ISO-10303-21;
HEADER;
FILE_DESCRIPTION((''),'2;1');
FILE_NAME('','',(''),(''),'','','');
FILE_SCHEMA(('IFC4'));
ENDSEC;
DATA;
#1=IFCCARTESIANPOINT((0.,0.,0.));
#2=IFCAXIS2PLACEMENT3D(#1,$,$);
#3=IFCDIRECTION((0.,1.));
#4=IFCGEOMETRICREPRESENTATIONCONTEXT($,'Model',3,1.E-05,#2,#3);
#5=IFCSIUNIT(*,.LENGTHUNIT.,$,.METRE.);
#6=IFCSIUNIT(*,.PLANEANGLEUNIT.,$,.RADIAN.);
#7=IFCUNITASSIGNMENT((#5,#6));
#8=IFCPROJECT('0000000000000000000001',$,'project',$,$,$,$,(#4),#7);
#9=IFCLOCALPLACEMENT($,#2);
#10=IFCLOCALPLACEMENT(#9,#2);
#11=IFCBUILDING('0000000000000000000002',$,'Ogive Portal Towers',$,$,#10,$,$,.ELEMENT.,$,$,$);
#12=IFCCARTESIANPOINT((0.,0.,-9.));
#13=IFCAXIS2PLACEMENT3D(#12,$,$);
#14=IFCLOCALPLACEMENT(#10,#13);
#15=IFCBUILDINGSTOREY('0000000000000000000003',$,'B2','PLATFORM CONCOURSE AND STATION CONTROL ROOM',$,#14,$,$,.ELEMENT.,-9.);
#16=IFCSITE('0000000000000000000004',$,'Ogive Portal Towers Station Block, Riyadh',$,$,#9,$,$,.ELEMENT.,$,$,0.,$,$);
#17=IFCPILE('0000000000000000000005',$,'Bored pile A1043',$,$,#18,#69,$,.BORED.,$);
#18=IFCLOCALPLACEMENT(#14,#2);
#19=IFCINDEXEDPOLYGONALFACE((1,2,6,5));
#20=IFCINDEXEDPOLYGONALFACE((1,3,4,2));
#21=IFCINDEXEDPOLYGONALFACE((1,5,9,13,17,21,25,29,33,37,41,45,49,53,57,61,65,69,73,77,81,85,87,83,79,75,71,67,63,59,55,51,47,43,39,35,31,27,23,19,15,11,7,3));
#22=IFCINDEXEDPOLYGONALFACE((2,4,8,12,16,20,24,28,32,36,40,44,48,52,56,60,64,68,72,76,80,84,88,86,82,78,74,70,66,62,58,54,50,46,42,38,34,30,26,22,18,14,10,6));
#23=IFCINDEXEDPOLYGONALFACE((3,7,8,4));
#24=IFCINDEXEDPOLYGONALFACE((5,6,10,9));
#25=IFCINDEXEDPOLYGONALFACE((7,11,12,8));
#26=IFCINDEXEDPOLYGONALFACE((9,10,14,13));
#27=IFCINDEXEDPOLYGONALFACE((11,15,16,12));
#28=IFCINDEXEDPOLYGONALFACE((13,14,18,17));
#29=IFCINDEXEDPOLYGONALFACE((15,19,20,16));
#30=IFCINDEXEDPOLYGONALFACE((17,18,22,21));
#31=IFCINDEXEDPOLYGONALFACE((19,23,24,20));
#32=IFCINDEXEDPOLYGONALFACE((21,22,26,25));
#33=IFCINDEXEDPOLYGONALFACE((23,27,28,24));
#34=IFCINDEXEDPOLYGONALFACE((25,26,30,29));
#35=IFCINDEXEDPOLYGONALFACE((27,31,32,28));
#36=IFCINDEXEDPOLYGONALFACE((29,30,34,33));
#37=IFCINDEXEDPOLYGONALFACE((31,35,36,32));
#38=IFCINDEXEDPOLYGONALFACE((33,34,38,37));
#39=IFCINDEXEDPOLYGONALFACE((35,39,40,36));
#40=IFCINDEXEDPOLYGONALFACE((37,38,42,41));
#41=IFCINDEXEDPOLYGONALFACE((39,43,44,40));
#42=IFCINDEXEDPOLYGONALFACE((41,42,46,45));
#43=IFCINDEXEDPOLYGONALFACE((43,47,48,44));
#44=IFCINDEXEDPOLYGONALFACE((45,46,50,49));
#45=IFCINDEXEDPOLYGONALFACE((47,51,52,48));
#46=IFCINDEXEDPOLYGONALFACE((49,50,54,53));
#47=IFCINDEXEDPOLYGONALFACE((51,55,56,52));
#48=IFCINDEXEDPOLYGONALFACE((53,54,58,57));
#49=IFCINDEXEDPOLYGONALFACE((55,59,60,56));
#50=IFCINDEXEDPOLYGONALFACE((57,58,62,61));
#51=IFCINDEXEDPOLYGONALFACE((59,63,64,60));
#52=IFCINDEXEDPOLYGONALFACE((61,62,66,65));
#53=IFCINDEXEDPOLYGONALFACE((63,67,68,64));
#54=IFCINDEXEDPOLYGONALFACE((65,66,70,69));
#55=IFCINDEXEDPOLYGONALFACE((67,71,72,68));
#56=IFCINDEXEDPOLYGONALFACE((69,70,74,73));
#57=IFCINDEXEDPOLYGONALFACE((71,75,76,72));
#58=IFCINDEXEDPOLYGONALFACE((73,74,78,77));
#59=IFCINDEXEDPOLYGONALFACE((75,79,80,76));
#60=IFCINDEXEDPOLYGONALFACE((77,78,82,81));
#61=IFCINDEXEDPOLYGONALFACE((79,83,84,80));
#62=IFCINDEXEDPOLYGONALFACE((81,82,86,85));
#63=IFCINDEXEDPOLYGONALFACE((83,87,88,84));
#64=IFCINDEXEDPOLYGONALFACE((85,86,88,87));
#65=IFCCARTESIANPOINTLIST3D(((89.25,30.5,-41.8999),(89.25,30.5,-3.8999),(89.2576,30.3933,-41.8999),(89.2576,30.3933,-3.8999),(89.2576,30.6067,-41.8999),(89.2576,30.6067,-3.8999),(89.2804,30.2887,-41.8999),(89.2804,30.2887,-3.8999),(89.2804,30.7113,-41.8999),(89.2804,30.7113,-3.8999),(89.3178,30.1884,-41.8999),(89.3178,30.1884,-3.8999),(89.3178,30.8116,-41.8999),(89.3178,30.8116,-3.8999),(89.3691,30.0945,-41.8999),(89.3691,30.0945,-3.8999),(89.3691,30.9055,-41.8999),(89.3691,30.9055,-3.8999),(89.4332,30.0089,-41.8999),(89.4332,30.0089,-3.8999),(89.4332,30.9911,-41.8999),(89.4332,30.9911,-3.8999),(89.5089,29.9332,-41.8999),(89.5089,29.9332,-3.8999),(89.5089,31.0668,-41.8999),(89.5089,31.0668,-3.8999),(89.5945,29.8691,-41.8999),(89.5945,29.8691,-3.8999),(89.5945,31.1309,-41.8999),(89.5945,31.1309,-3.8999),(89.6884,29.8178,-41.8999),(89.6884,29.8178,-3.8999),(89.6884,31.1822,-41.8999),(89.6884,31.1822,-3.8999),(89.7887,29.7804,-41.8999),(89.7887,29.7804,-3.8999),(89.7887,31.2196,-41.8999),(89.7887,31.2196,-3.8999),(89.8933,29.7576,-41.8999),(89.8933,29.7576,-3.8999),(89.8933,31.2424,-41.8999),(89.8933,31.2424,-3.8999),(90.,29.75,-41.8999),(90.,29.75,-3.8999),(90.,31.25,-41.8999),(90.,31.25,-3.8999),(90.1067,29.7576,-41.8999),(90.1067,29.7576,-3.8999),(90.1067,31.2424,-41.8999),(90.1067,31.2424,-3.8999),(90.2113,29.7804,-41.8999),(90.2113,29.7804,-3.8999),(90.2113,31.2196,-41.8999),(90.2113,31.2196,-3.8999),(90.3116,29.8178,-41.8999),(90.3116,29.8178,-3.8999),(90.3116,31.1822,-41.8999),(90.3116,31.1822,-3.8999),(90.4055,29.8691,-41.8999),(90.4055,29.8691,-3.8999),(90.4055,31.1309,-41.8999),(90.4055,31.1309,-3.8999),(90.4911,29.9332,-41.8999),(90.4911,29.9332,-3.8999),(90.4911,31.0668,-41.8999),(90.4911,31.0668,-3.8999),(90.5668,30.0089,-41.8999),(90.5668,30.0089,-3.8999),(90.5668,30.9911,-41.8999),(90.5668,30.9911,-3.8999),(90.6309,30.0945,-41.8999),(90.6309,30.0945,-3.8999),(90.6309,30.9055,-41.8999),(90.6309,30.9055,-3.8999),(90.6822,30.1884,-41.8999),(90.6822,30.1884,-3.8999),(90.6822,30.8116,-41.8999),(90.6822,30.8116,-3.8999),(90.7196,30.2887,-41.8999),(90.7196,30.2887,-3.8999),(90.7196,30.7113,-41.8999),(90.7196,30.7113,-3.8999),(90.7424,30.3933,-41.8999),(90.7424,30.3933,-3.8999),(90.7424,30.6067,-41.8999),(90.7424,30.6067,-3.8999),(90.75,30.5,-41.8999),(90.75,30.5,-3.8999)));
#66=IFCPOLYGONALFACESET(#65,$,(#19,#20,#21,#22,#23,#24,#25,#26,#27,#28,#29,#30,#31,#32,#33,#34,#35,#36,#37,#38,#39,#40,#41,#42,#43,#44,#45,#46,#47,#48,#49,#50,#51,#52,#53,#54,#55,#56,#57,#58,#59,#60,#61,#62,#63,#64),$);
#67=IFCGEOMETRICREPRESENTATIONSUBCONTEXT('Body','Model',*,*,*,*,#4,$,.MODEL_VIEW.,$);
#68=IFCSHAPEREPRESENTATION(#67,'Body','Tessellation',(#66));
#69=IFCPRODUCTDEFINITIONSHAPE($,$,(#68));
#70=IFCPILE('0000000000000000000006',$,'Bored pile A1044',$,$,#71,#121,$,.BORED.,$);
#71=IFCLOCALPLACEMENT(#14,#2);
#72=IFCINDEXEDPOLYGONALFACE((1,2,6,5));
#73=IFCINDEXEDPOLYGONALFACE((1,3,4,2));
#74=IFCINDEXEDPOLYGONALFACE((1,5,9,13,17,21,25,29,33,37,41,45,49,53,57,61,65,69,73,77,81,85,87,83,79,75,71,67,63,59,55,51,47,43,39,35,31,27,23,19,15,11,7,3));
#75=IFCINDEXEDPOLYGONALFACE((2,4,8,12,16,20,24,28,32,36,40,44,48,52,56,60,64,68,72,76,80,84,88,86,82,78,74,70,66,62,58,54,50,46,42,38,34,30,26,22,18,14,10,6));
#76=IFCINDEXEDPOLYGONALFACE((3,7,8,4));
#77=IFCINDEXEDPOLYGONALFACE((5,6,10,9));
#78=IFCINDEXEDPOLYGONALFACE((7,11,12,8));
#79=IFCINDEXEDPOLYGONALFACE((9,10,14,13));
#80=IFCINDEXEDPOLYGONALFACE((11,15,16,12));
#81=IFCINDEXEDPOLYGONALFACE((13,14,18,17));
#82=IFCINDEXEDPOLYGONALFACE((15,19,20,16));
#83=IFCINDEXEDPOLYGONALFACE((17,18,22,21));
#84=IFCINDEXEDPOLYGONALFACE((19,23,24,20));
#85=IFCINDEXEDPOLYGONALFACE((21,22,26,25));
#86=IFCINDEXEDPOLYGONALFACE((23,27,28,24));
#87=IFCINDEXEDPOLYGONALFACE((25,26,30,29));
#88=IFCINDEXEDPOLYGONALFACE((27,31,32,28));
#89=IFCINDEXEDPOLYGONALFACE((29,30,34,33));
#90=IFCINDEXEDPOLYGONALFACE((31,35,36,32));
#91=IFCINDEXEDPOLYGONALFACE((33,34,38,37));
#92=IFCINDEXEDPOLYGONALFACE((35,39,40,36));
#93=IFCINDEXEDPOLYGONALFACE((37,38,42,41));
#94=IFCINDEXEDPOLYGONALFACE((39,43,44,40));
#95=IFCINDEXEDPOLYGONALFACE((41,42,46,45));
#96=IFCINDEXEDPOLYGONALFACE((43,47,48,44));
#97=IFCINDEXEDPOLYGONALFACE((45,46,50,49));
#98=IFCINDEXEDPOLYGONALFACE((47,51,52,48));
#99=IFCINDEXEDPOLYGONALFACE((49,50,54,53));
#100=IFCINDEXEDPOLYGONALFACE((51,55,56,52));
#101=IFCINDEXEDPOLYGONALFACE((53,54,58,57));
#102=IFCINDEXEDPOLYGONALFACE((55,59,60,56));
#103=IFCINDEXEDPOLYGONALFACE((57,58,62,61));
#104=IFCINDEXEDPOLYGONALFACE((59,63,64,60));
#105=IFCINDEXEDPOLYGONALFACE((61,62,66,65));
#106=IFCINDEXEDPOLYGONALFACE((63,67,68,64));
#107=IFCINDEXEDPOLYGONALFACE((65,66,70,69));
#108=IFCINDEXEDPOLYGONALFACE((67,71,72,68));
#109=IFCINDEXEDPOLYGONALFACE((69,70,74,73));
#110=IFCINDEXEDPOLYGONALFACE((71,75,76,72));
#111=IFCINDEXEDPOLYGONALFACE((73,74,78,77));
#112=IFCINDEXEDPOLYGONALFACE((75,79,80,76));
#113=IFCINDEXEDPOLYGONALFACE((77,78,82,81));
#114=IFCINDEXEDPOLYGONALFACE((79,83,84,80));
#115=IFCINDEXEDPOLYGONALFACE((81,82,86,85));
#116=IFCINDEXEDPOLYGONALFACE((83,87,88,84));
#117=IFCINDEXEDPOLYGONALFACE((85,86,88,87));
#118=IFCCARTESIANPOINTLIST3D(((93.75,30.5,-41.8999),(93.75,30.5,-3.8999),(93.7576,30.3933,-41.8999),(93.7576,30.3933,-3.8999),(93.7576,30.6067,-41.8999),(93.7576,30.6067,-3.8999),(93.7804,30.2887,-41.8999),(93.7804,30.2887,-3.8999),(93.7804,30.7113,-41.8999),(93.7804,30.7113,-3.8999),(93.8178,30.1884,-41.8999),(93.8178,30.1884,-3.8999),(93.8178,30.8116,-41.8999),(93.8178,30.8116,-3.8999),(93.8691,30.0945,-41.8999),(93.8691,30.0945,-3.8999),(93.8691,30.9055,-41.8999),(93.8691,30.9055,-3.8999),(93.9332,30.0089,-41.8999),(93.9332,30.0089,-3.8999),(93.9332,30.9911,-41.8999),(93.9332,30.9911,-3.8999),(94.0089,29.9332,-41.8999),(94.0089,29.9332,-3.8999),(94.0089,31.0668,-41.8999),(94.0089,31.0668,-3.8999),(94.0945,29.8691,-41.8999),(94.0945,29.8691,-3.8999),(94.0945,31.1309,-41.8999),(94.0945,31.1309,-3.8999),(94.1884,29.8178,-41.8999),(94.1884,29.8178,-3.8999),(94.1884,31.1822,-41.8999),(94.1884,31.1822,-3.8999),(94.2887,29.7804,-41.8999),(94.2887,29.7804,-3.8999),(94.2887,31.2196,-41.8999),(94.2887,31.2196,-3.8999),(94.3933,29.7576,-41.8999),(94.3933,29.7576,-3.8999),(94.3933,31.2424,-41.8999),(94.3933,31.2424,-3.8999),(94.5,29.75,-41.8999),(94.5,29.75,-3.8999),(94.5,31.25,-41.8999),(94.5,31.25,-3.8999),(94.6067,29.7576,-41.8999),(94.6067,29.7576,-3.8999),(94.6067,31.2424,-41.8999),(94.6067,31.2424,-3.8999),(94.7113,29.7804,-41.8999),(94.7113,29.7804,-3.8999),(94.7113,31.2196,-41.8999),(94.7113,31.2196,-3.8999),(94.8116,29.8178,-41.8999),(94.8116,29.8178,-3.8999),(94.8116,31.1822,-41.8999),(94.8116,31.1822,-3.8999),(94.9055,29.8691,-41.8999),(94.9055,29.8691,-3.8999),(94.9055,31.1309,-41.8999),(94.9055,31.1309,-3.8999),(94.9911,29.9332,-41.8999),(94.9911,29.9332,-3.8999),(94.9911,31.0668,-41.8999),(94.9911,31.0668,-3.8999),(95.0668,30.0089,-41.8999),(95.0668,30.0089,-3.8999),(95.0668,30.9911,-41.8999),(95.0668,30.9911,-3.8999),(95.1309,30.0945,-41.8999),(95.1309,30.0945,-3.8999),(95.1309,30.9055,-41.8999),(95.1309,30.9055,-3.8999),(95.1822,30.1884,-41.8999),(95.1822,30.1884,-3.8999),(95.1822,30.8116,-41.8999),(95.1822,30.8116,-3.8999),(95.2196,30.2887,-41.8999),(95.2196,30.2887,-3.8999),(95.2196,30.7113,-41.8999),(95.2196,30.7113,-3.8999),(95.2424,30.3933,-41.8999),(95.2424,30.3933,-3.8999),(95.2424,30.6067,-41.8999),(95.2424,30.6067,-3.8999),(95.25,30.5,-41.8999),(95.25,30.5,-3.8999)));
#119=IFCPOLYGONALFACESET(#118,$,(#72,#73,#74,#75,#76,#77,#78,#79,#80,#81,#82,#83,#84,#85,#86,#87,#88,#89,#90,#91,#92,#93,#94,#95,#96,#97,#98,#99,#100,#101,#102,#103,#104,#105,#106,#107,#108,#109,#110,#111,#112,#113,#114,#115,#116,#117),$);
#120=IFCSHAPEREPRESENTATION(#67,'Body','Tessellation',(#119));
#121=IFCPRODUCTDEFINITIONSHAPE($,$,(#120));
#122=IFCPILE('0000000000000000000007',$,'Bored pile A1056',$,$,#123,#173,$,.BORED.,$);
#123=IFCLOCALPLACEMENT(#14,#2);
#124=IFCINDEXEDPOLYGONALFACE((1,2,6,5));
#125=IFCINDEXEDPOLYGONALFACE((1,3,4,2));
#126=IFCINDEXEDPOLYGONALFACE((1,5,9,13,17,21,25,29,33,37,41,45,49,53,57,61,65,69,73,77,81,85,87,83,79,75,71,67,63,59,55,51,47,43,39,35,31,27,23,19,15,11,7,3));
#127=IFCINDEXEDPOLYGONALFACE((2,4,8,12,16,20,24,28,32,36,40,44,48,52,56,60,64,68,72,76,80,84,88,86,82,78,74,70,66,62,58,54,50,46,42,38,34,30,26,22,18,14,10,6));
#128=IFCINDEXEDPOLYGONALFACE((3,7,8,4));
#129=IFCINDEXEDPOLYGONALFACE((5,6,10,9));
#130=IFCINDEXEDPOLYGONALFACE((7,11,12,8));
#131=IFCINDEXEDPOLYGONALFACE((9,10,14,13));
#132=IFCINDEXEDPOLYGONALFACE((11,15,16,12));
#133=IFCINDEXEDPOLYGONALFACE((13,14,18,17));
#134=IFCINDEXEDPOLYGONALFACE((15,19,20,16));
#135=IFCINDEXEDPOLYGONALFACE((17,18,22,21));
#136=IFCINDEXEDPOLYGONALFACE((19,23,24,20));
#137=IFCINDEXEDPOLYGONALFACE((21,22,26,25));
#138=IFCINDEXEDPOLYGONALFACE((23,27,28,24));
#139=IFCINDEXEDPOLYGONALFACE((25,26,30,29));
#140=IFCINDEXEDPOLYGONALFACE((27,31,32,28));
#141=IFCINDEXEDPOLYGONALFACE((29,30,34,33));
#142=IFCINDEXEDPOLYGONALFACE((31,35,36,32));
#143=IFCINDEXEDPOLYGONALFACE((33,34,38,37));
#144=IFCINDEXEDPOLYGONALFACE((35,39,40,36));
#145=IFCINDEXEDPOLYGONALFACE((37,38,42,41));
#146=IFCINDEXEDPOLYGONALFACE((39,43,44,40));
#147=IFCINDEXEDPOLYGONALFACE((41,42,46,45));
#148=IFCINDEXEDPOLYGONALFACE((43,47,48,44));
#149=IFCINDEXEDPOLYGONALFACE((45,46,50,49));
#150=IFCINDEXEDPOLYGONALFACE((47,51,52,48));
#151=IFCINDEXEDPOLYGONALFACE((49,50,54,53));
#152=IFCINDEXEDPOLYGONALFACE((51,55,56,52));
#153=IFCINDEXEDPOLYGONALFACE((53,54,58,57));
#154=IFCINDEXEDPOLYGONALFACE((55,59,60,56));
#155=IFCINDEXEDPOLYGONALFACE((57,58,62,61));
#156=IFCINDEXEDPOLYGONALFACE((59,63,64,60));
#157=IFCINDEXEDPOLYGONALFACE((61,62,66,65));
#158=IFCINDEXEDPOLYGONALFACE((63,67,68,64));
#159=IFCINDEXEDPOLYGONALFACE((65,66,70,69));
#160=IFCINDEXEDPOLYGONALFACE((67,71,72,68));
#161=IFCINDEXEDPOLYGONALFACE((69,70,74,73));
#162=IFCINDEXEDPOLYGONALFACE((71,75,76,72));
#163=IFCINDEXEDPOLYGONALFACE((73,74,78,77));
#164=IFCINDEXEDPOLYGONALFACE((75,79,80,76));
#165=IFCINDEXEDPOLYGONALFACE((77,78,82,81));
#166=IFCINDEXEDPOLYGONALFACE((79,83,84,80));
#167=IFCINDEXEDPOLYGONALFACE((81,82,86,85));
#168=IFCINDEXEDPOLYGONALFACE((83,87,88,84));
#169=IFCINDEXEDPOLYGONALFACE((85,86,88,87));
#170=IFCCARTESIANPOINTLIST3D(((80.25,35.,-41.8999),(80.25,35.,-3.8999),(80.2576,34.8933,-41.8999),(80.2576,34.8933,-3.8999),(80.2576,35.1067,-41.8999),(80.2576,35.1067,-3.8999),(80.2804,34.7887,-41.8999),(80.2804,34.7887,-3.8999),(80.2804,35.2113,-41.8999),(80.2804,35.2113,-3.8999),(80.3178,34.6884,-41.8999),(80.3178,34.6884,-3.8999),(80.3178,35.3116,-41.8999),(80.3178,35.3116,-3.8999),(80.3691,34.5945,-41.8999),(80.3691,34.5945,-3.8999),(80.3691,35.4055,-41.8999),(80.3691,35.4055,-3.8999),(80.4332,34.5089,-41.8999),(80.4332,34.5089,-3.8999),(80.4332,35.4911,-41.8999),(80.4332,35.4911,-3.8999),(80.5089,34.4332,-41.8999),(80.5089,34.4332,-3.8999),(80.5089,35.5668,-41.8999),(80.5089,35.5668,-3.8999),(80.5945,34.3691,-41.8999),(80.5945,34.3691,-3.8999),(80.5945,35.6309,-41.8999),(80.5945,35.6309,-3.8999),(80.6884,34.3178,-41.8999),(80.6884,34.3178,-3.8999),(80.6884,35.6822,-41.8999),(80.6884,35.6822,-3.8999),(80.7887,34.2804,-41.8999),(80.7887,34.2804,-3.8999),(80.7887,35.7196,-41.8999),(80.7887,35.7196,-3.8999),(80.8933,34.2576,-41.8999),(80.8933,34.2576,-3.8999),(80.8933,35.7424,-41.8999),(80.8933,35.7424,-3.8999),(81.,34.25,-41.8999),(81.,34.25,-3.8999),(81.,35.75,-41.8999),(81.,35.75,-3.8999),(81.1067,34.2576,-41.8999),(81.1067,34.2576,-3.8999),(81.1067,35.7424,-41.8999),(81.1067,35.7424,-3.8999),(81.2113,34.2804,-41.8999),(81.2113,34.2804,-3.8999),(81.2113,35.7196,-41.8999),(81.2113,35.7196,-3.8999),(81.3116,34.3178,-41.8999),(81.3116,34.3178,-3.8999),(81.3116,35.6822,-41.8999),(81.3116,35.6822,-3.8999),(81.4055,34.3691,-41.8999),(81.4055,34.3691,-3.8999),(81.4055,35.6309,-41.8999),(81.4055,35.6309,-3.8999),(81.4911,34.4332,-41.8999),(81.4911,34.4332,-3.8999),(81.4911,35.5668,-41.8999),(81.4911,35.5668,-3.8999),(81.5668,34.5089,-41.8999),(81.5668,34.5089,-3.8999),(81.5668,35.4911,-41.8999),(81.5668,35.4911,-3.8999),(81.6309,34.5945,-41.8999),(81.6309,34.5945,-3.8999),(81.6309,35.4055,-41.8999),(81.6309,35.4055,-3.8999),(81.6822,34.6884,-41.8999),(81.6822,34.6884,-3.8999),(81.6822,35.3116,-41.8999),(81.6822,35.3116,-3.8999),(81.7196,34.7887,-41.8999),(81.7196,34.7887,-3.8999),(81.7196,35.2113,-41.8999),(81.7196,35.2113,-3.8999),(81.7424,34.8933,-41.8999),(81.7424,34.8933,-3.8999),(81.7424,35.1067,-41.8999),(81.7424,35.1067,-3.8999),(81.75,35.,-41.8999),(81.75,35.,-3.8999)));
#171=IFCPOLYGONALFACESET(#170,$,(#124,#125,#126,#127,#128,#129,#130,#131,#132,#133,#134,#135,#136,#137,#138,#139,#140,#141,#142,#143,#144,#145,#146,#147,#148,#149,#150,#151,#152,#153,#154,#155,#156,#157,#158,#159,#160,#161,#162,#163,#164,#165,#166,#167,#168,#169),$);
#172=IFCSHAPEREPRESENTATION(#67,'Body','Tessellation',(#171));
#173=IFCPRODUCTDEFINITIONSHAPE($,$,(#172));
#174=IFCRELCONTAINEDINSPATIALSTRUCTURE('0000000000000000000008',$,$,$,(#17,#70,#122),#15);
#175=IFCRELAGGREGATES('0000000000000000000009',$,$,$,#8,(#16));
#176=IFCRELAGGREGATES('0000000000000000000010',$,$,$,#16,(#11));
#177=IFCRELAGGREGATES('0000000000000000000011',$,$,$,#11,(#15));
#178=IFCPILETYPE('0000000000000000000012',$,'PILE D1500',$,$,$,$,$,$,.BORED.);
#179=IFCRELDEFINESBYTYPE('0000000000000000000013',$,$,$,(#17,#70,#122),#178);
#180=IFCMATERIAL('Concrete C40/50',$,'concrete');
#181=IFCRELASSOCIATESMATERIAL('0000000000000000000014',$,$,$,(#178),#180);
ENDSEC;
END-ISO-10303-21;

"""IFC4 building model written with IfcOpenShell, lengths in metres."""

from ifc_helpers import new_model, si_unit, direction, frame, origin, origin_2d, place, context, subcontext, project, spatial, circle, extrude, material, material_profile, profile_set, type_object, element, save


model = new_model("IFC4")

# Units and contexts
model_context = context("Model", 3, precision=1e-05, world=origin(), true_north=direction((0.0, 1.0)))
body_context = subcontext(model_context, "Body", "Model", "MODEL_VIEW")
ifc_project = project(units=[si_unit("LENGTHUNIT", "METRE"), si_unit("PLANEANGLEUNIT", "RADIAN")], contexts=[model_context])

# Site, building, storey
site_placement = place(None, origin())
site = spatial("IfcSite", under=ifc_project, at=site_placement, Name="Ogive Portal Towers Station Block, Riyadh", CompositionType="ELEMENT", RefElevation=0.0)
building_placement = place(site_placement, origin())
building = spatial("IfcBuilding", under=site, at=building_placement, Name="Ogive Portal Towers", CompositionType="ELEMENT")
storey_placement = place(building_placement, frame((0.0, 0.0, -9.0)))
storey = spatial("IfcBuildingStorey", under=building, at=storey_placement, Name="B2", Description="PLATFORM CONCOURSE AND STATION CONTROL ROOM", CompositionType="ELEMENT", Elevation=-9.0)

# Piles
ifc_material_1 = material(Name="Concrete C40/50", Category="concrete")
ifc_material_profile_1 = material_profile(ifc_material_1, circle(Radius=0.75, at=origin_2d()), Name="PILE D1500")
ifc_profile_set_1 = profile_set([ifc_material_profile_1], Name="Concrete C40/50")
pile_type = type_object("IfcPileType", Name="PILE D1500", PredefinedType="BORED", material=ifc_profile_set_1)
for number, where, z_axis, x_axis, name in (
    (1, (90.0, 30.5, -3.8999), (0.0, 0.0, -1.0), (1.0, 0.0, 0.0), "Bored pile A1043"),
    (2, (94.5, 30.5, -3.8999), (0.0, 0.0, -1.0), (1.0, 0.0, 0.0), "Bored pile A1044"),
    (3, (81.0, 35.0, -3.8999), (0.0, 0.0, -1.0), (1.0, 0.0, 0.0), "Bored pile A1056"),
):
    element("IfcPile", number, at=place(storey_placement, frame(where, z_axis=z_axis, x_axis=x_axis)), inside=storey, type_object=pile_type, Name=name, PredefinedType="BORED", context=body_context, shape_type="SweptSolid", body=[
        extrude(circle(Radius=0.75, at=origin_2d()), origin(), (0.0, 0.0, 1.0), 38.0),
    ])

save(model, "model.ifc")
